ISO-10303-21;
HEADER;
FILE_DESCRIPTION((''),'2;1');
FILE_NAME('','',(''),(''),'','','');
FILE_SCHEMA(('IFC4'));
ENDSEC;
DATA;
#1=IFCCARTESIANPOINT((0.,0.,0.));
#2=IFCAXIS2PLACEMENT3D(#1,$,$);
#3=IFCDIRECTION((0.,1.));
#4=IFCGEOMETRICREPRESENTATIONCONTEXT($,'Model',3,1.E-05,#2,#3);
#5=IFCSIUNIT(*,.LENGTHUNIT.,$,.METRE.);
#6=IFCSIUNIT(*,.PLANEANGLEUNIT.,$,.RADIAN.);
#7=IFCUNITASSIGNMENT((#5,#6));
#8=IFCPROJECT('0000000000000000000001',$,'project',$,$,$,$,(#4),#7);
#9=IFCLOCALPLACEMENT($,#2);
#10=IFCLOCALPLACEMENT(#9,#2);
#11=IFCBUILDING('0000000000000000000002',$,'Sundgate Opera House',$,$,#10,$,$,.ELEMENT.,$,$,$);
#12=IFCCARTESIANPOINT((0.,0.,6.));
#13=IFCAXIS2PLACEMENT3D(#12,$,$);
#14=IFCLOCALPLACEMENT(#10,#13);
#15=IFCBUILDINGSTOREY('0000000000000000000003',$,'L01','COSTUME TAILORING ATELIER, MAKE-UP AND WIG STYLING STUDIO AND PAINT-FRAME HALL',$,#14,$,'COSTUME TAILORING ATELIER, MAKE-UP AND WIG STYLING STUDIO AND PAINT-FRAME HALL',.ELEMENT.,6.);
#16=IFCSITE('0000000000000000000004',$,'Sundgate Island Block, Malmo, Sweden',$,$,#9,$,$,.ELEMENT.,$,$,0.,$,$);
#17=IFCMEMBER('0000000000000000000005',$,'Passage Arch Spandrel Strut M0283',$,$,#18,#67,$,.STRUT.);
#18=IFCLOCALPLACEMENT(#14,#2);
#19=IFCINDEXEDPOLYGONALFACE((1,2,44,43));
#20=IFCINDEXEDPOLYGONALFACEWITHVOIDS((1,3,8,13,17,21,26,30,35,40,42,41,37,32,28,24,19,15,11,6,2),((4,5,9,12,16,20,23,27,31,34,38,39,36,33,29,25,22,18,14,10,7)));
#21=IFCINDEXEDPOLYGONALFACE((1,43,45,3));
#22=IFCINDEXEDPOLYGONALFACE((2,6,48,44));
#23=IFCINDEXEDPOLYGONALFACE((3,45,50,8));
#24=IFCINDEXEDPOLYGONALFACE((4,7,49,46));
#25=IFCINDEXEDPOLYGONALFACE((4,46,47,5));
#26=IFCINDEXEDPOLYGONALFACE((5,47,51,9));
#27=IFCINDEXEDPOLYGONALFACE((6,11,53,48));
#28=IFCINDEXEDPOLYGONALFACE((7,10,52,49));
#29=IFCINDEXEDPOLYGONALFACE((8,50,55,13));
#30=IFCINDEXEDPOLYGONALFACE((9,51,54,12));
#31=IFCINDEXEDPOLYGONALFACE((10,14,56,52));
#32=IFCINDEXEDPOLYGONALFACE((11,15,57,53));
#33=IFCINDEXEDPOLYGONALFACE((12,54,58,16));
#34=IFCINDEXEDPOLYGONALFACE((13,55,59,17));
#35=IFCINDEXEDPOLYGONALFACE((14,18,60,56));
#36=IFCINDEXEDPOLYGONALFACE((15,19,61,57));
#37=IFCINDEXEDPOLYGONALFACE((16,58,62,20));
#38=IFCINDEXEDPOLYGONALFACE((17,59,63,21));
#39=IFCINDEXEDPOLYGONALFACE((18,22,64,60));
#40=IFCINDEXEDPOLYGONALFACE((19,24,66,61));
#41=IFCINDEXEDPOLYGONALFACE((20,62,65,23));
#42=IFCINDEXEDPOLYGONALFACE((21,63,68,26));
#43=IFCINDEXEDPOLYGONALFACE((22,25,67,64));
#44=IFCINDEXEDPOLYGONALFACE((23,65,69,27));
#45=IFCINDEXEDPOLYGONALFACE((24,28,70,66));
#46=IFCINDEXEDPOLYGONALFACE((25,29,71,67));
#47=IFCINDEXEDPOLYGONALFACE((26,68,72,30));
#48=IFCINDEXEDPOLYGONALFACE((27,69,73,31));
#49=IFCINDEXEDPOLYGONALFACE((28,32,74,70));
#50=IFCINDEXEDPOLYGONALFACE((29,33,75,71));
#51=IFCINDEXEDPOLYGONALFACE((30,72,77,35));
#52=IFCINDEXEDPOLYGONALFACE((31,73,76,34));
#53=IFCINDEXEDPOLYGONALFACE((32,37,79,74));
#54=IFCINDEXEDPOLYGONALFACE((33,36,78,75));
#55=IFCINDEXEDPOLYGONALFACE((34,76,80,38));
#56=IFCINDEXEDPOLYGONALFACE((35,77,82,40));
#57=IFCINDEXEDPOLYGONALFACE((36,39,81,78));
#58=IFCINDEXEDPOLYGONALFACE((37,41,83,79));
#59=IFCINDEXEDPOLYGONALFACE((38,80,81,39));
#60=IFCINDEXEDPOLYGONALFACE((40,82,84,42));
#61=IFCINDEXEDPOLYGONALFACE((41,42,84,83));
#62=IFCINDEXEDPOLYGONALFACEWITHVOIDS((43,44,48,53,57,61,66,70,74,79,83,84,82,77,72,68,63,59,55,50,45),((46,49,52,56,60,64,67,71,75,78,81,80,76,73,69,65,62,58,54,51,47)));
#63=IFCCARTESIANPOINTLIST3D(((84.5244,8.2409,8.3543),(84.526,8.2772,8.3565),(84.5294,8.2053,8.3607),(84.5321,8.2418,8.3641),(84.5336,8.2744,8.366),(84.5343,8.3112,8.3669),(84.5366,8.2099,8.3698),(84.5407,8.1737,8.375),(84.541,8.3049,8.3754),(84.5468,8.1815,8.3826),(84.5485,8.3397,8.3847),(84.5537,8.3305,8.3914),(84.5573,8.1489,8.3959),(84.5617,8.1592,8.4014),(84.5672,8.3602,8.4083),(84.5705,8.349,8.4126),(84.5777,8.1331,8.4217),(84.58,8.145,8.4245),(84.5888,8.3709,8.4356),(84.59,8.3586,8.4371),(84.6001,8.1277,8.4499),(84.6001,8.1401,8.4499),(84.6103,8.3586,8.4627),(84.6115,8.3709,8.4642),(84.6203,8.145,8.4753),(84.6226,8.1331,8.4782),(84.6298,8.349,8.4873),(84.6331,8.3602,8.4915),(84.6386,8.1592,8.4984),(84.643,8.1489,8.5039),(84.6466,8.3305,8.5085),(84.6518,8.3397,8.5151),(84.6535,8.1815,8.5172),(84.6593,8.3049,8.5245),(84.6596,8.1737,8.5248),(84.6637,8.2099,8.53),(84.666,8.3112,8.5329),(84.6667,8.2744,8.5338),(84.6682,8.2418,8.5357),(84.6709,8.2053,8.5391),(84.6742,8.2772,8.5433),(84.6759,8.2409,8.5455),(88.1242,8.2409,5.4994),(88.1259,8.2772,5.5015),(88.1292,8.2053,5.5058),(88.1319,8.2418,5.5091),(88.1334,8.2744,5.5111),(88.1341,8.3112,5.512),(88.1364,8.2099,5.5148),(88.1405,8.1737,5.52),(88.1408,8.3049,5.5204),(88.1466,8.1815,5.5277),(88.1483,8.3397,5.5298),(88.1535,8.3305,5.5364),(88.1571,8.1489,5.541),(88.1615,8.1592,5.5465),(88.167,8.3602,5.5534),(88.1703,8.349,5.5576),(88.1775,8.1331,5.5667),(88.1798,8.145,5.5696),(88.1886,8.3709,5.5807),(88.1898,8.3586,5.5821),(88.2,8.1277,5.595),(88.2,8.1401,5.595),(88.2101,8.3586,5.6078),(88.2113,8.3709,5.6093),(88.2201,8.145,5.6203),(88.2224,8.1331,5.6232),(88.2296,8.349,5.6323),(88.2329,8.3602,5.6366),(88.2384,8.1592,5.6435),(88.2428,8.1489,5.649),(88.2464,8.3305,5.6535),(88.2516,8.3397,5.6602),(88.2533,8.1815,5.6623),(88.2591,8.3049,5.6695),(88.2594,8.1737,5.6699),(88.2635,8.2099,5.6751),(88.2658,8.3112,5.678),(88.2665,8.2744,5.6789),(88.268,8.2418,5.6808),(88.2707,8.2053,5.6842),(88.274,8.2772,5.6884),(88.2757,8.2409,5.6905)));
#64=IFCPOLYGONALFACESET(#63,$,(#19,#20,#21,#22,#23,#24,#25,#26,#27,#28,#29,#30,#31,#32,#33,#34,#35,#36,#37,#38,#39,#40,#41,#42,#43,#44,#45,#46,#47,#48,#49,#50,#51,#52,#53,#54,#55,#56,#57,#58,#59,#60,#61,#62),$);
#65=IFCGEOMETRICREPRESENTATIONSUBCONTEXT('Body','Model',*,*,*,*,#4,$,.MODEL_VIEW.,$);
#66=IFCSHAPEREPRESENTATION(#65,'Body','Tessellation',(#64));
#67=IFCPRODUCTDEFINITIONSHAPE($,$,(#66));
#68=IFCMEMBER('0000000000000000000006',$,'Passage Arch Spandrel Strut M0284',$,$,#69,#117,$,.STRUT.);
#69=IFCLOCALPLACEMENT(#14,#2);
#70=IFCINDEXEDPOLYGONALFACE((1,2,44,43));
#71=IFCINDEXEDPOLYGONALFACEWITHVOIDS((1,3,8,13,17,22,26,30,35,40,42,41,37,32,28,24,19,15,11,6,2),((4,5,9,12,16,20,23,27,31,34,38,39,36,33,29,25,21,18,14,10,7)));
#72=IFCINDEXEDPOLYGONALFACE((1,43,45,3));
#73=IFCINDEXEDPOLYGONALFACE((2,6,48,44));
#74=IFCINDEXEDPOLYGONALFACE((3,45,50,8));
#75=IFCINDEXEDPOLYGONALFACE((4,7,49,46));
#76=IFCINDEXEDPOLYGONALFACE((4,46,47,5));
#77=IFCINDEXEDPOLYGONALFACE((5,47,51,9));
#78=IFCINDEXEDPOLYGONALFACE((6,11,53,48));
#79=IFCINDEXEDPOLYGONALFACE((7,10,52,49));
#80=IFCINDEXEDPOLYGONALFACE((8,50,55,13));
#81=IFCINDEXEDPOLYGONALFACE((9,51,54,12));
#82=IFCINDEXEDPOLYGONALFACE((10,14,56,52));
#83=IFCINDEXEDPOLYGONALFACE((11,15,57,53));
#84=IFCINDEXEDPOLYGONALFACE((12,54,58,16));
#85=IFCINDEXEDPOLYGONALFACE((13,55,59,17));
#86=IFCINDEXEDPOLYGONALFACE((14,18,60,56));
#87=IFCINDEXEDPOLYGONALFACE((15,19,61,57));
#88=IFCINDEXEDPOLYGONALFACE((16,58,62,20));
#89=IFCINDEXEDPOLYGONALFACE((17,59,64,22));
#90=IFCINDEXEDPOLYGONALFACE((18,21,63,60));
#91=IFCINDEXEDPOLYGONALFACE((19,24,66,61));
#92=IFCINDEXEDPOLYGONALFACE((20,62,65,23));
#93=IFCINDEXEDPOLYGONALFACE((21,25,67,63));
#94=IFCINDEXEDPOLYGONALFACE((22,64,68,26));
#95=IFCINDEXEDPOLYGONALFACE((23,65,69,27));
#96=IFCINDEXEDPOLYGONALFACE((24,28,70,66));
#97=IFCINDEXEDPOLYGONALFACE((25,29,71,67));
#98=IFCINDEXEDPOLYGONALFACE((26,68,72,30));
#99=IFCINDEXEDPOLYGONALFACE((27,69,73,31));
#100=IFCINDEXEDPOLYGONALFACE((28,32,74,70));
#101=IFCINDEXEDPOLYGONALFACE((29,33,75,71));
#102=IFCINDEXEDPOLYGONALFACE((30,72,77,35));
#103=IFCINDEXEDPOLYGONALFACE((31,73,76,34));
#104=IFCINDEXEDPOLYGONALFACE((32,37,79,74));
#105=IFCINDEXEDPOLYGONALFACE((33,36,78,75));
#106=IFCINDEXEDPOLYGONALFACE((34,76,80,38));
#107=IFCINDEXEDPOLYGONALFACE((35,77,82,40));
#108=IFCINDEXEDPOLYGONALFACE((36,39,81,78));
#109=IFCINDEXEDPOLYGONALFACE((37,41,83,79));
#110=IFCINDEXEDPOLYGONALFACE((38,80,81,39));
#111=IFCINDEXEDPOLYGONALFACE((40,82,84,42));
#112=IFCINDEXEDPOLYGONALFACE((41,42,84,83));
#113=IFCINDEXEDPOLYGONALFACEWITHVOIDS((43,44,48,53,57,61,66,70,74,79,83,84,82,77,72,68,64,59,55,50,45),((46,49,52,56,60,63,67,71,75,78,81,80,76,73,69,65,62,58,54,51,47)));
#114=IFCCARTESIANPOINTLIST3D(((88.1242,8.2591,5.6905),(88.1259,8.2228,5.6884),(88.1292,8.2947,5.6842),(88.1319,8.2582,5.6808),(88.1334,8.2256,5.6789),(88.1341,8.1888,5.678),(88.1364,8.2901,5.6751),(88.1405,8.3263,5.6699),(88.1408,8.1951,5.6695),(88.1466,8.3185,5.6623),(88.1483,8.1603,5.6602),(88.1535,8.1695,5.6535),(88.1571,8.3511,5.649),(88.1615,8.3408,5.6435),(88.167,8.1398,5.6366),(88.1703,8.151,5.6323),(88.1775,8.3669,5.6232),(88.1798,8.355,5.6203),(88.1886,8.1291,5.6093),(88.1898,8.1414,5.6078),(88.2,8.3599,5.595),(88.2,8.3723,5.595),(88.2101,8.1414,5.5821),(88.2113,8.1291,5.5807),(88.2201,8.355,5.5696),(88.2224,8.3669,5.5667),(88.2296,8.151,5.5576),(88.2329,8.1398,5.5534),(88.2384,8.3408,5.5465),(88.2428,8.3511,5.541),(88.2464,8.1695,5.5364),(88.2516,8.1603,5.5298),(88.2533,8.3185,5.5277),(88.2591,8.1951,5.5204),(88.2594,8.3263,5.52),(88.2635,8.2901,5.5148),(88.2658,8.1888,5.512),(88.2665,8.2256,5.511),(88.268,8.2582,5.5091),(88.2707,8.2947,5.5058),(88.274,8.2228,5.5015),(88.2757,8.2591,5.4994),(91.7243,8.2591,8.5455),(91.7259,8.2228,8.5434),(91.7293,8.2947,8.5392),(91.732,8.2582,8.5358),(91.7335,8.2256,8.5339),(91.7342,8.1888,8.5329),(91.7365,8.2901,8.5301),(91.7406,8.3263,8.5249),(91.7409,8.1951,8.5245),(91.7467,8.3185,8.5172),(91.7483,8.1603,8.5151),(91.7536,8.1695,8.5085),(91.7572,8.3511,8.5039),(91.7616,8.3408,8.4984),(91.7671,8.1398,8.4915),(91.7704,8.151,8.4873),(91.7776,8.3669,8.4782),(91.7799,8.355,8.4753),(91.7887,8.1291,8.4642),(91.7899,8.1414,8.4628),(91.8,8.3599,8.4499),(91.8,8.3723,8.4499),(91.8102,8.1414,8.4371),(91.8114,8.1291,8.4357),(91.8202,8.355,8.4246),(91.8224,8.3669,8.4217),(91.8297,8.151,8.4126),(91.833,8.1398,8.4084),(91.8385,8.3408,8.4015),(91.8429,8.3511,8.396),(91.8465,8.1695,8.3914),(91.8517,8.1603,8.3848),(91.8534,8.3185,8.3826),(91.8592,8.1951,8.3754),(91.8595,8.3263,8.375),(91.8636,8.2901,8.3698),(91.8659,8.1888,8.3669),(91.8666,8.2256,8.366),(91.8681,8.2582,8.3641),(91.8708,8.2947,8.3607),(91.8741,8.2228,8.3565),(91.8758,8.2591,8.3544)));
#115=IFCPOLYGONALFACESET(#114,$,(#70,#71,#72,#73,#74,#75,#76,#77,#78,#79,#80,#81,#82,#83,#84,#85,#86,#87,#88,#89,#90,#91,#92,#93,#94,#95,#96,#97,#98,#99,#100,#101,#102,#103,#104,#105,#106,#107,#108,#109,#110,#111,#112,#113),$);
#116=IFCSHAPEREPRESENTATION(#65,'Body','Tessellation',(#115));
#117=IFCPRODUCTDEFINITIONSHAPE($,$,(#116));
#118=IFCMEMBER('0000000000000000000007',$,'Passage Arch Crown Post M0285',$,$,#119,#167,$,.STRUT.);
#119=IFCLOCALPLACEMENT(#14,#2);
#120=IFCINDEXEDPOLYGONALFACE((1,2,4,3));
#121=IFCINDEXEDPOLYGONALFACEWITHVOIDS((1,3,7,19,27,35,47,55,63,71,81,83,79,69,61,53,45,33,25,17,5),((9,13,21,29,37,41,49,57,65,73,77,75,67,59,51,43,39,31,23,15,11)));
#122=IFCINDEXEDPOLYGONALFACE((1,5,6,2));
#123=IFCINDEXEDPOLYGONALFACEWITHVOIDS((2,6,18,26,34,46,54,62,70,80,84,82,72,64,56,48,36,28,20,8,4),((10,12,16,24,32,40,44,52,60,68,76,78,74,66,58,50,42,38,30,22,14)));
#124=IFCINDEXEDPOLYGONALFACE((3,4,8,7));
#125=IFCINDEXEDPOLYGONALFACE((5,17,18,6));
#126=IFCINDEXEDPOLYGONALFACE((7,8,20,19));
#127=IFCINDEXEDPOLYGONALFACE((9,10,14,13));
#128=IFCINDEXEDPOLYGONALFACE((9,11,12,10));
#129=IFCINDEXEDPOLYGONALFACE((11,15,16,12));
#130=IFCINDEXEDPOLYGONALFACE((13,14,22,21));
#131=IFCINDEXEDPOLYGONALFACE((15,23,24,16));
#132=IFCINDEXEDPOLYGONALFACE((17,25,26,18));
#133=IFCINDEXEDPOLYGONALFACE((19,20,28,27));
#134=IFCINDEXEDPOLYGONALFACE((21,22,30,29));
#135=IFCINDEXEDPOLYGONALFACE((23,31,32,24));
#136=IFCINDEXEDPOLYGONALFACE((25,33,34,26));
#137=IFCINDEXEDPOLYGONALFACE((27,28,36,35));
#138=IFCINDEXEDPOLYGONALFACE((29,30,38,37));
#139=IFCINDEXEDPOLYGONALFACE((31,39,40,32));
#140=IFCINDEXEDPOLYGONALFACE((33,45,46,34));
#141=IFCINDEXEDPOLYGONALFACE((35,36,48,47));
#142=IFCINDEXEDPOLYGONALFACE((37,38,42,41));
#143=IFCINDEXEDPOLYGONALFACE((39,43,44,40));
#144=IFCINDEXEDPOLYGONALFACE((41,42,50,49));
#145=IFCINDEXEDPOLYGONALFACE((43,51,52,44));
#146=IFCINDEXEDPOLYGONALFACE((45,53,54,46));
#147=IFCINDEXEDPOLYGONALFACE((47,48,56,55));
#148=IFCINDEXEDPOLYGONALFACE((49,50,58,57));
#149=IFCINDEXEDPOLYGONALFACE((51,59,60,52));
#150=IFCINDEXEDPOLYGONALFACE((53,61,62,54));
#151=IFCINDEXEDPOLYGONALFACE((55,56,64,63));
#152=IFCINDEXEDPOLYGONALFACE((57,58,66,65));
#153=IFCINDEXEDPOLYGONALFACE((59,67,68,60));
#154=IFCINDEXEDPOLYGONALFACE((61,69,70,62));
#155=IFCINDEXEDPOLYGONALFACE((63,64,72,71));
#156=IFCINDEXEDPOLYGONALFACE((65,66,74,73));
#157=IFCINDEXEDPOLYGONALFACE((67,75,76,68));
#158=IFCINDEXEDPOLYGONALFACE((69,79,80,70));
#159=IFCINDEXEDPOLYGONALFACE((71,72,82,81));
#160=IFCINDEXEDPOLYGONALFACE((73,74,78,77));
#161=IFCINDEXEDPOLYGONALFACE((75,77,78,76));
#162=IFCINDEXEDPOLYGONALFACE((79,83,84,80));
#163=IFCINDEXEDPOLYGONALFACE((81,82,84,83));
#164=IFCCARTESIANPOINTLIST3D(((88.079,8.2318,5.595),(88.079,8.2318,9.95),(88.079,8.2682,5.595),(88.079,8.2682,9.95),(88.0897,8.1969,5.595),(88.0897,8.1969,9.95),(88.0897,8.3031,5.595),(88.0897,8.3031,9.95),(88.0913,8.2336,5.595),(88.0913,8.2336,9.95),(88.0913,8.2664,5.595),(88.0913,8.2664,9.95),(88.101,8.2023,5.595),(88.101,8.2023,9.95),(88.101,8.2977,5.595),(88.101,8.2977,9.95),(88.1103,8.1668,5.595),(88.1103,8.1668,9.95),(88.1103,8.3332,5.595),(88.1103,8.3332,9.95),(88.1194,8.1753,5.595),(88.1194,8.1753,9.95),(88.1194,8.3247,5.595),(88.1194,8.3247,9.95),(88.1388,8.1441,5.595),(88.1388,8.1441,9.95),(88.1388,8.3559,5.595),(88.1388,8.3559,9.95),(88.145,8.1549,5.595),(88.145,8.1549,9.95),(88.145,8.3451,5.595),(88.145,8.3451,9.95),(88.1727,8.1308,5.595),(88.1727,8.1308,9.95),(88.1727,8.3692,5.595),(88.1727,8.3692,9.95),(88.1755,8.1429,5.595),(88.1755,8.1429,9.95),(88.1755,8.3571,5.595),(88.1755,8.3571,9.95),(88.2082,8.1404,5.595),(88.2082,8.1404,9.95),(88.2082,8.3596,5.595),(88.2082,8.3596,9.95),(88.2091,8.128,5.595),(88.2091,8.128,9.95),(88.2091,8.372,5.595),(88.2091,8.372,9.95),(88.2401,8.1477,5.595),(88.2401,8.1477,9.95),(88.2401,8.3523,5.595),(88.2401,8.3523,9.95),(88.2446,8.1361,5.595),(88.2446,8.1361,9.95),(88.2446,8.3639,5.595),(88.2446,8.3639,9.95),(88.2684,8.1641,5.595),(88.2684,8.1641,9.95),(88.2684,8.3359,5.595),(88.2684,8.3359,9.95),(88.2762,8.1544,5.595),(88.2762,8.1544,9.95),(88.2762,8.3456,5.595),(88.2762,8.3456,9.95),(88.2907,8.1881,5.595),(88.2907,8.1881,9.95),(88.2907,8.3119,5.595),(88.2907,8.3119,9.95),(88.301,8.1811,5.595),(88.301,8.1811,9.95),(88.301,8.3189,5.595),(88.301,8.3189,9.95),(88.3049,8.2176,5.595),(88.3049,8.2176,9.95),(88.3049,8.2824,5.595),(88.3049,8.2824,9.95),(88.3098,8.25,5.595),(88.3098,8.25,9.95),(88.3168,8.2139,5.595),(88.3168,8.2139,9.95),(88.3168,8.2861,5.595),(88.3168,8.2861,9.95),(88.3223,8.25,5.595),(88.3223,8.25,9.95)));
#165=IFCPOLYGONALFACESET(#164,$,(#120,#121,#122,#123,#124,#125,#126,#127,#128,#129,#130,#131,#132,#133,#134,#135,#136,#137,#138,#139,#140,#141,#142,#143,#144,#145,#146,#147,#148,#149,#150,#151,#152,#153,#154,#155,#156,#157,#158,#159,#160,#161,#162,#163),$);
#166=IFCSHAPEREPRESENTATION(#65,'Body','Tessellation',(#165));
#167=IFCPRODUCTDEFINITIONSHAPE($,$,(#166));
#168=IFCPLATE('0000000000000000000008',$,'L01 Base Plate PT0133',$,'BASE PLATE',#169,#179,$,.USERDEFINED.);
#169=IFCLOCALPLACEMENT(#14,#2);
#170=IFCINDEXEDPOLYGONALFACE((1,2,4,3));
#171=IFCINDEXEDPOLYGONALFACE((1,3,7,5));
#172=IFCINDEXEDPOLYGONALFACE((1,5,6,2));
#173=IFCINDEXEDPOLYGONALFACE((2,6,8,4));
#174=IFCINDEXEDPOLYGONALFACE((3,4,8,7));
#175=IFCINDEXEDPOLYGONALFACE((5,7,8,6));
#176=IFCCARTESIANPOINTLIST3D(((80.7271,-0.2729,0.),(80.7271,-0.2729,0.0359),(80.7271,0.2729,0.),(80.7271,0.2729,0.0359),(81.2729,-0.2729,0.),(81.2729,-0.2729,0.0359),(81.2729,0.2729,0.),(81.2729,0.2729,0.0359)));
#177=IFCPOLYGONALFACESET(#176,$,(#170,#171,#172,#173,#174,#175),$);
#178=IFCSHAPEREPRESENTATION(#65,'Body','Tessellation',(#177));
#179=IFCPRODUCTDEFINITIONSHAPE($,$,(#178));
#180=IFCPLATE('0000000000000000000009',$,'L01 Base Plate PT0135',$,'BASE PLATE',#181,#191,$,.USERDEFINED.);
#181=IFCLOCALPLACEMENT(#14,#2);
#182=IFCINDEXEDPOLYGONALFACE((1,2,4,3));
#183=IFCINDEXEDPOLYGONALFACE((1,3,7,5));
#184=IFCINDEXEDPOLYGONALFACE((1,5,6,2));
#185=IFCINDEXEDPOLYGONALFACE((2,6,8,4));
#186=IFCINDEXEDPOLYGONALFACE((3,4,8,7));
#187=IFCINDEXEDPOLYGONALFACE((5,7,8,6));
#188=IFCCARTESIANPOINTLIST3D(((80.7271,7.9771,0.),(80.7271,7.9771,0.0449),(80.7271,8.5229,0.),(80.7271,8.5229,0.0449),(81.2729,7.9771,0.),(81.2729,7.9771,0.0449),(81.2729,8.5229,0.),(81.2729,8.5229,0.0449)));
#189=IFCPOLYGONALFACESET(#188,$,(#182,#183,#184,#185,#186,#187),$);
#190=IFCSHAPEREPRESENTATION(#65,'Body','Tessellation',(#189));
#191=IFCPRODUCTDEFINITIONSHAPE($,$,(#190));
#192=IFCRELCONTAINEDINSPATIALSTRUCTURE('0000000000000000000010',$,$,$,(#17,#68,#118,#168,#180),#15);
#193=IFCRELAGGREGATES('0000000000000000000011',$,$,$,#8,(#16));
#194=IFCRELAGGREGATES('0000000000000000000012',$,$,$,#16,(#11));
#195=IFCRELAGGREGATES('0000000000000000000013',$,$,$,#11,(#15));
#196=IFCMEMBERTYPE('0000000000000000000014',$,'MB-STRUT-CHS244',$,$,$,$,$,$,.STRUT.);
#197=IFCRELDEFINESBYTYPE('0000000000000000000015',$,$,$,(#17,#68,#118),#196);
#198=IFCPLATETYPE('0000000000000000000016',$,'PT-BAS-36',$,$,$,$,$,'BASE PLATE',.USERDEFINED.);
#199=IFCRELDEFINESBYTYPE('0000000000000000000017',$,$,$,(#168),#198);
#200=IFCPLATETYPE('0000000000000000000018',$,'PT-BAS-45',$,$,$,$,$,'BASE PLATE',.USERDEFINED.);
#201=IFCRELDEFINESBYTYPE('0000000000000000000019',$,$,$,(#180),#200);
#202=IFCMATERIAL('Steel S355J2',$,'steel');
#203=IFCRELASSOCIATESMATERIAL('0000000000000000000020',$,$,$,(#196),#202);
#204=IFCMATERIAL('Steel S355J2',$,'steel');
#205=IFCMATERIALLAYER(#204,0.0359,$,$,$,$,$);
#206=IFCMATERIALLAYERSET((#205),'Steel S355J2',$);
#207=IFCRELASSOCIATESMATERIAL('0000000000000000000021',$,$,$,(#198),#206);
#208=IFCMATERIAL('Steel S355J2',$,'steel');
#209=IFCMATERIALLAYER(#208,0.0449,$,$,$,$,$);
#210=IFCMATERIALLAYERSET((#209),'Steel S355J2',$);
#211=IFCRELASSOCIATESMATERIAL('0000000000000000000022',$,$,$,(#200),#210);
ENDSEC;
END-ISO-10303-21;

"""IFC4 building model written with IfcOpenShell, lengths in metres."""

from ifc_helpers import new_model, si_unit, direction, frame, origin, origin_2d, place, context, subcontext, project, spatial, rectangle, hollow_circle, extrude, material, layer, layer_set, material_profile, profile_set, type_object, element, save


model = new_model("IFC4")

# Units and contexts
model_context = context("Model", 3, precision=1e-05, world=origin(), true_north=direction((0.0, 1.0)))
body_context = subcontext(model_context, "Body", "Model", "MODEL_VIEW")
ifc_project = project(units=[si_unit("LENGTHUNIT", "METRE"), si_unit("PLANEANGLEUNIT", "RADIAN")], contexts=[model_context])

# Site, building, storey
site_placement = place(None, origin())
site = spatial("IfcSite", under=ifc_project, at=site_placement, Name="Sundgate Island Block, Malmo, Sweden", CompositionType="ELEMENT", RefElevation=0.0)
building_placement = place(site_placement, origin())
building = spatial("IfcBuilding", under=site, at=building_placement, Name="Sundgate Opera House", CompositionType="ELEMENT")
storey_placement = place(building_placement, frame((0.0, 0.0, 6.0)))
storey = spatial("IfcBuildingStorey", under=building, at=storey_placement, Name="L01", Description="COSTUME TAILORING ATELIER, MAKE-UP AND WIG STYLING STUDIO AND PAINT-FRAME HALL", LongName="COSTUME TAILORING ATELIER, MAKE-UP AND WIG STYLING STUDIO AND PAINT-FRAME HALL", CompositionType="ELEMENT", Elevation=6.0)

# Members
ifc_material_1 = material(Name="Steel S355J2", Category="steel")
ifc_material_profile_1 = material_profile(ifc_material_1, hollow_circle(Radius=0.1223, WallThickness=0.0125, at=origin_2d()), Name="CHS 244.5x12.5")
ifc_profile_set_1 = profile_set([ifc_material_profile_1], Name="Steel S355J2")
member_type = type_object("IfcMemberType", Name="MB-STRUT-CHS244", PredefinedType="STRUT", material=ifc_profile_set_1)
member_1_placement = place(storey_placement, frame((88.2, 8.25, 5.595), z_axis=(-0.783506, 0.0, 0.621385), x_axis=(0.0, -1.0, 0.0)))
element("IfcMember", 1, at=member_1_placement, inside=storey, type_object=member_type, Name="Passage Arch Spandrel Strut M0283", PredefinedType="STRUT", context=body_context, shape_type="SweptSolid", body=[
    extrude(hollow_circle(Radius=0.1223, WallThickness=0.0125, at=origin_2d()), origin(), (0.0, 0.0, 1.0), 4.5945),
])
member_2_placement = place(storey_placement, frame((88.2, 8.25, 5.595), z_axis=(0.783526, 0.0, 0.621359), x_axis=(0.0, 1.0, 0.0)))
element("IfcMember", 2, at=member_2_placement, inside=storey, type_object=member_type, Name="Passage Arch Spandrel Strut M0284", PredefinedType="STRUT", context=body_context, shape_type="SweptSolid", body=[
    extrude(hollow_circle(Radius=0.1223, WallThickness=0.0125, at=origin_2d()), origin(), (0.0, 0.0, 1.0), 4.5947),
])
member_3_placement = place(storey_placement, frame((88.2, 8.25, 5.595), z_axis=(0.0, 0.0, 1.0), x_axis=(1.0, 0.0, 0.0)))
element("IfcMember", 3, at=member_3_placement, inside=storey, type_object=member_type, Name="Passage Arch Crown Post M0285", PredefinedType="STRUT", context=body_context, shape_type="SweptSolid", body=[
    extrude(hollow_circle(Radius=0.1223, WallThickness=0.0125, at=origin_2d()), origin(), (0.0, 0.0, 1.0), 4.355),
])

# Plates
ifc_material_2 = material(Name="Steel S355J2", Category="steel")
ifc_layer_1 = layer(ifc_material_2, 0.0359)
ifc_layer_set_1 = layer_set([ifc_layer_1], Name="Steel S355J2")
plate_type_1 = type_object("IfcPlateType", Name="PT-BAS-36", ElementType="BASE PLATE", PredefinedType="USERDEFINED", material=ifc_layer_set_1)
plate_1_placement = place(storey_placement, frame((81.0, 0.0, 0.0), z_axis=(0.0, 0.0, 1.0), x_axis=(1.0, 0.0, 0.0)))
element("IfcPlate", 4, at=plate_1_placement, inside=storey, type_object=plate_type_1, Name="L01 Base Plate PT0133", ObjectType="BASE PLATE", PredefinedType="USERDEFINED", context=body_context, shape_type="SweptSolid", body=[
    extrude(rectangle(XDim=0.5459, YDim=0.5459, at=origin_2d()), origin(), (0.0, 0.0, 1.0), 0.0359),
])
ifc_material_3 = material(Name="Steel S355J2", Category="steel")
ifc_layer_2 = layer(ifc_material_3, 0.0449)
ifc_layer_set_2 = layer_set([ifc_layer_2], Name="Steel S355J2")
plate_type_2 = type_object("IfcPlateType", Name="PT-BAS-45", ElementType="BASE PLATE", PredefinedType="USERDEFINED", material=ifc_layer_set_2)
plate_2_placement = place(storey_placement, frame((81.0, 8.25, 0.0), z_axis=(0.0, 0.0, 1.0), x_axis=(1.0, 0.0, 0.0)))
element("IfcPlate", 5, at=plate_2_placement, inside=storey, type_object=plate_type_2, Name="L01 Base Plate PT0135", ObjectType="BASE PLATE", PredefinedType="USERDEFINED", context=body_context, shape_type="SweptSolid", body=[
    extrude(rectangle(XDim=0.5459, YDim=0.5459, at=origin_2d()), origin(), (0.0, 0.0, 1.0), 0.0449),
])

save(model, "model.ifc")
